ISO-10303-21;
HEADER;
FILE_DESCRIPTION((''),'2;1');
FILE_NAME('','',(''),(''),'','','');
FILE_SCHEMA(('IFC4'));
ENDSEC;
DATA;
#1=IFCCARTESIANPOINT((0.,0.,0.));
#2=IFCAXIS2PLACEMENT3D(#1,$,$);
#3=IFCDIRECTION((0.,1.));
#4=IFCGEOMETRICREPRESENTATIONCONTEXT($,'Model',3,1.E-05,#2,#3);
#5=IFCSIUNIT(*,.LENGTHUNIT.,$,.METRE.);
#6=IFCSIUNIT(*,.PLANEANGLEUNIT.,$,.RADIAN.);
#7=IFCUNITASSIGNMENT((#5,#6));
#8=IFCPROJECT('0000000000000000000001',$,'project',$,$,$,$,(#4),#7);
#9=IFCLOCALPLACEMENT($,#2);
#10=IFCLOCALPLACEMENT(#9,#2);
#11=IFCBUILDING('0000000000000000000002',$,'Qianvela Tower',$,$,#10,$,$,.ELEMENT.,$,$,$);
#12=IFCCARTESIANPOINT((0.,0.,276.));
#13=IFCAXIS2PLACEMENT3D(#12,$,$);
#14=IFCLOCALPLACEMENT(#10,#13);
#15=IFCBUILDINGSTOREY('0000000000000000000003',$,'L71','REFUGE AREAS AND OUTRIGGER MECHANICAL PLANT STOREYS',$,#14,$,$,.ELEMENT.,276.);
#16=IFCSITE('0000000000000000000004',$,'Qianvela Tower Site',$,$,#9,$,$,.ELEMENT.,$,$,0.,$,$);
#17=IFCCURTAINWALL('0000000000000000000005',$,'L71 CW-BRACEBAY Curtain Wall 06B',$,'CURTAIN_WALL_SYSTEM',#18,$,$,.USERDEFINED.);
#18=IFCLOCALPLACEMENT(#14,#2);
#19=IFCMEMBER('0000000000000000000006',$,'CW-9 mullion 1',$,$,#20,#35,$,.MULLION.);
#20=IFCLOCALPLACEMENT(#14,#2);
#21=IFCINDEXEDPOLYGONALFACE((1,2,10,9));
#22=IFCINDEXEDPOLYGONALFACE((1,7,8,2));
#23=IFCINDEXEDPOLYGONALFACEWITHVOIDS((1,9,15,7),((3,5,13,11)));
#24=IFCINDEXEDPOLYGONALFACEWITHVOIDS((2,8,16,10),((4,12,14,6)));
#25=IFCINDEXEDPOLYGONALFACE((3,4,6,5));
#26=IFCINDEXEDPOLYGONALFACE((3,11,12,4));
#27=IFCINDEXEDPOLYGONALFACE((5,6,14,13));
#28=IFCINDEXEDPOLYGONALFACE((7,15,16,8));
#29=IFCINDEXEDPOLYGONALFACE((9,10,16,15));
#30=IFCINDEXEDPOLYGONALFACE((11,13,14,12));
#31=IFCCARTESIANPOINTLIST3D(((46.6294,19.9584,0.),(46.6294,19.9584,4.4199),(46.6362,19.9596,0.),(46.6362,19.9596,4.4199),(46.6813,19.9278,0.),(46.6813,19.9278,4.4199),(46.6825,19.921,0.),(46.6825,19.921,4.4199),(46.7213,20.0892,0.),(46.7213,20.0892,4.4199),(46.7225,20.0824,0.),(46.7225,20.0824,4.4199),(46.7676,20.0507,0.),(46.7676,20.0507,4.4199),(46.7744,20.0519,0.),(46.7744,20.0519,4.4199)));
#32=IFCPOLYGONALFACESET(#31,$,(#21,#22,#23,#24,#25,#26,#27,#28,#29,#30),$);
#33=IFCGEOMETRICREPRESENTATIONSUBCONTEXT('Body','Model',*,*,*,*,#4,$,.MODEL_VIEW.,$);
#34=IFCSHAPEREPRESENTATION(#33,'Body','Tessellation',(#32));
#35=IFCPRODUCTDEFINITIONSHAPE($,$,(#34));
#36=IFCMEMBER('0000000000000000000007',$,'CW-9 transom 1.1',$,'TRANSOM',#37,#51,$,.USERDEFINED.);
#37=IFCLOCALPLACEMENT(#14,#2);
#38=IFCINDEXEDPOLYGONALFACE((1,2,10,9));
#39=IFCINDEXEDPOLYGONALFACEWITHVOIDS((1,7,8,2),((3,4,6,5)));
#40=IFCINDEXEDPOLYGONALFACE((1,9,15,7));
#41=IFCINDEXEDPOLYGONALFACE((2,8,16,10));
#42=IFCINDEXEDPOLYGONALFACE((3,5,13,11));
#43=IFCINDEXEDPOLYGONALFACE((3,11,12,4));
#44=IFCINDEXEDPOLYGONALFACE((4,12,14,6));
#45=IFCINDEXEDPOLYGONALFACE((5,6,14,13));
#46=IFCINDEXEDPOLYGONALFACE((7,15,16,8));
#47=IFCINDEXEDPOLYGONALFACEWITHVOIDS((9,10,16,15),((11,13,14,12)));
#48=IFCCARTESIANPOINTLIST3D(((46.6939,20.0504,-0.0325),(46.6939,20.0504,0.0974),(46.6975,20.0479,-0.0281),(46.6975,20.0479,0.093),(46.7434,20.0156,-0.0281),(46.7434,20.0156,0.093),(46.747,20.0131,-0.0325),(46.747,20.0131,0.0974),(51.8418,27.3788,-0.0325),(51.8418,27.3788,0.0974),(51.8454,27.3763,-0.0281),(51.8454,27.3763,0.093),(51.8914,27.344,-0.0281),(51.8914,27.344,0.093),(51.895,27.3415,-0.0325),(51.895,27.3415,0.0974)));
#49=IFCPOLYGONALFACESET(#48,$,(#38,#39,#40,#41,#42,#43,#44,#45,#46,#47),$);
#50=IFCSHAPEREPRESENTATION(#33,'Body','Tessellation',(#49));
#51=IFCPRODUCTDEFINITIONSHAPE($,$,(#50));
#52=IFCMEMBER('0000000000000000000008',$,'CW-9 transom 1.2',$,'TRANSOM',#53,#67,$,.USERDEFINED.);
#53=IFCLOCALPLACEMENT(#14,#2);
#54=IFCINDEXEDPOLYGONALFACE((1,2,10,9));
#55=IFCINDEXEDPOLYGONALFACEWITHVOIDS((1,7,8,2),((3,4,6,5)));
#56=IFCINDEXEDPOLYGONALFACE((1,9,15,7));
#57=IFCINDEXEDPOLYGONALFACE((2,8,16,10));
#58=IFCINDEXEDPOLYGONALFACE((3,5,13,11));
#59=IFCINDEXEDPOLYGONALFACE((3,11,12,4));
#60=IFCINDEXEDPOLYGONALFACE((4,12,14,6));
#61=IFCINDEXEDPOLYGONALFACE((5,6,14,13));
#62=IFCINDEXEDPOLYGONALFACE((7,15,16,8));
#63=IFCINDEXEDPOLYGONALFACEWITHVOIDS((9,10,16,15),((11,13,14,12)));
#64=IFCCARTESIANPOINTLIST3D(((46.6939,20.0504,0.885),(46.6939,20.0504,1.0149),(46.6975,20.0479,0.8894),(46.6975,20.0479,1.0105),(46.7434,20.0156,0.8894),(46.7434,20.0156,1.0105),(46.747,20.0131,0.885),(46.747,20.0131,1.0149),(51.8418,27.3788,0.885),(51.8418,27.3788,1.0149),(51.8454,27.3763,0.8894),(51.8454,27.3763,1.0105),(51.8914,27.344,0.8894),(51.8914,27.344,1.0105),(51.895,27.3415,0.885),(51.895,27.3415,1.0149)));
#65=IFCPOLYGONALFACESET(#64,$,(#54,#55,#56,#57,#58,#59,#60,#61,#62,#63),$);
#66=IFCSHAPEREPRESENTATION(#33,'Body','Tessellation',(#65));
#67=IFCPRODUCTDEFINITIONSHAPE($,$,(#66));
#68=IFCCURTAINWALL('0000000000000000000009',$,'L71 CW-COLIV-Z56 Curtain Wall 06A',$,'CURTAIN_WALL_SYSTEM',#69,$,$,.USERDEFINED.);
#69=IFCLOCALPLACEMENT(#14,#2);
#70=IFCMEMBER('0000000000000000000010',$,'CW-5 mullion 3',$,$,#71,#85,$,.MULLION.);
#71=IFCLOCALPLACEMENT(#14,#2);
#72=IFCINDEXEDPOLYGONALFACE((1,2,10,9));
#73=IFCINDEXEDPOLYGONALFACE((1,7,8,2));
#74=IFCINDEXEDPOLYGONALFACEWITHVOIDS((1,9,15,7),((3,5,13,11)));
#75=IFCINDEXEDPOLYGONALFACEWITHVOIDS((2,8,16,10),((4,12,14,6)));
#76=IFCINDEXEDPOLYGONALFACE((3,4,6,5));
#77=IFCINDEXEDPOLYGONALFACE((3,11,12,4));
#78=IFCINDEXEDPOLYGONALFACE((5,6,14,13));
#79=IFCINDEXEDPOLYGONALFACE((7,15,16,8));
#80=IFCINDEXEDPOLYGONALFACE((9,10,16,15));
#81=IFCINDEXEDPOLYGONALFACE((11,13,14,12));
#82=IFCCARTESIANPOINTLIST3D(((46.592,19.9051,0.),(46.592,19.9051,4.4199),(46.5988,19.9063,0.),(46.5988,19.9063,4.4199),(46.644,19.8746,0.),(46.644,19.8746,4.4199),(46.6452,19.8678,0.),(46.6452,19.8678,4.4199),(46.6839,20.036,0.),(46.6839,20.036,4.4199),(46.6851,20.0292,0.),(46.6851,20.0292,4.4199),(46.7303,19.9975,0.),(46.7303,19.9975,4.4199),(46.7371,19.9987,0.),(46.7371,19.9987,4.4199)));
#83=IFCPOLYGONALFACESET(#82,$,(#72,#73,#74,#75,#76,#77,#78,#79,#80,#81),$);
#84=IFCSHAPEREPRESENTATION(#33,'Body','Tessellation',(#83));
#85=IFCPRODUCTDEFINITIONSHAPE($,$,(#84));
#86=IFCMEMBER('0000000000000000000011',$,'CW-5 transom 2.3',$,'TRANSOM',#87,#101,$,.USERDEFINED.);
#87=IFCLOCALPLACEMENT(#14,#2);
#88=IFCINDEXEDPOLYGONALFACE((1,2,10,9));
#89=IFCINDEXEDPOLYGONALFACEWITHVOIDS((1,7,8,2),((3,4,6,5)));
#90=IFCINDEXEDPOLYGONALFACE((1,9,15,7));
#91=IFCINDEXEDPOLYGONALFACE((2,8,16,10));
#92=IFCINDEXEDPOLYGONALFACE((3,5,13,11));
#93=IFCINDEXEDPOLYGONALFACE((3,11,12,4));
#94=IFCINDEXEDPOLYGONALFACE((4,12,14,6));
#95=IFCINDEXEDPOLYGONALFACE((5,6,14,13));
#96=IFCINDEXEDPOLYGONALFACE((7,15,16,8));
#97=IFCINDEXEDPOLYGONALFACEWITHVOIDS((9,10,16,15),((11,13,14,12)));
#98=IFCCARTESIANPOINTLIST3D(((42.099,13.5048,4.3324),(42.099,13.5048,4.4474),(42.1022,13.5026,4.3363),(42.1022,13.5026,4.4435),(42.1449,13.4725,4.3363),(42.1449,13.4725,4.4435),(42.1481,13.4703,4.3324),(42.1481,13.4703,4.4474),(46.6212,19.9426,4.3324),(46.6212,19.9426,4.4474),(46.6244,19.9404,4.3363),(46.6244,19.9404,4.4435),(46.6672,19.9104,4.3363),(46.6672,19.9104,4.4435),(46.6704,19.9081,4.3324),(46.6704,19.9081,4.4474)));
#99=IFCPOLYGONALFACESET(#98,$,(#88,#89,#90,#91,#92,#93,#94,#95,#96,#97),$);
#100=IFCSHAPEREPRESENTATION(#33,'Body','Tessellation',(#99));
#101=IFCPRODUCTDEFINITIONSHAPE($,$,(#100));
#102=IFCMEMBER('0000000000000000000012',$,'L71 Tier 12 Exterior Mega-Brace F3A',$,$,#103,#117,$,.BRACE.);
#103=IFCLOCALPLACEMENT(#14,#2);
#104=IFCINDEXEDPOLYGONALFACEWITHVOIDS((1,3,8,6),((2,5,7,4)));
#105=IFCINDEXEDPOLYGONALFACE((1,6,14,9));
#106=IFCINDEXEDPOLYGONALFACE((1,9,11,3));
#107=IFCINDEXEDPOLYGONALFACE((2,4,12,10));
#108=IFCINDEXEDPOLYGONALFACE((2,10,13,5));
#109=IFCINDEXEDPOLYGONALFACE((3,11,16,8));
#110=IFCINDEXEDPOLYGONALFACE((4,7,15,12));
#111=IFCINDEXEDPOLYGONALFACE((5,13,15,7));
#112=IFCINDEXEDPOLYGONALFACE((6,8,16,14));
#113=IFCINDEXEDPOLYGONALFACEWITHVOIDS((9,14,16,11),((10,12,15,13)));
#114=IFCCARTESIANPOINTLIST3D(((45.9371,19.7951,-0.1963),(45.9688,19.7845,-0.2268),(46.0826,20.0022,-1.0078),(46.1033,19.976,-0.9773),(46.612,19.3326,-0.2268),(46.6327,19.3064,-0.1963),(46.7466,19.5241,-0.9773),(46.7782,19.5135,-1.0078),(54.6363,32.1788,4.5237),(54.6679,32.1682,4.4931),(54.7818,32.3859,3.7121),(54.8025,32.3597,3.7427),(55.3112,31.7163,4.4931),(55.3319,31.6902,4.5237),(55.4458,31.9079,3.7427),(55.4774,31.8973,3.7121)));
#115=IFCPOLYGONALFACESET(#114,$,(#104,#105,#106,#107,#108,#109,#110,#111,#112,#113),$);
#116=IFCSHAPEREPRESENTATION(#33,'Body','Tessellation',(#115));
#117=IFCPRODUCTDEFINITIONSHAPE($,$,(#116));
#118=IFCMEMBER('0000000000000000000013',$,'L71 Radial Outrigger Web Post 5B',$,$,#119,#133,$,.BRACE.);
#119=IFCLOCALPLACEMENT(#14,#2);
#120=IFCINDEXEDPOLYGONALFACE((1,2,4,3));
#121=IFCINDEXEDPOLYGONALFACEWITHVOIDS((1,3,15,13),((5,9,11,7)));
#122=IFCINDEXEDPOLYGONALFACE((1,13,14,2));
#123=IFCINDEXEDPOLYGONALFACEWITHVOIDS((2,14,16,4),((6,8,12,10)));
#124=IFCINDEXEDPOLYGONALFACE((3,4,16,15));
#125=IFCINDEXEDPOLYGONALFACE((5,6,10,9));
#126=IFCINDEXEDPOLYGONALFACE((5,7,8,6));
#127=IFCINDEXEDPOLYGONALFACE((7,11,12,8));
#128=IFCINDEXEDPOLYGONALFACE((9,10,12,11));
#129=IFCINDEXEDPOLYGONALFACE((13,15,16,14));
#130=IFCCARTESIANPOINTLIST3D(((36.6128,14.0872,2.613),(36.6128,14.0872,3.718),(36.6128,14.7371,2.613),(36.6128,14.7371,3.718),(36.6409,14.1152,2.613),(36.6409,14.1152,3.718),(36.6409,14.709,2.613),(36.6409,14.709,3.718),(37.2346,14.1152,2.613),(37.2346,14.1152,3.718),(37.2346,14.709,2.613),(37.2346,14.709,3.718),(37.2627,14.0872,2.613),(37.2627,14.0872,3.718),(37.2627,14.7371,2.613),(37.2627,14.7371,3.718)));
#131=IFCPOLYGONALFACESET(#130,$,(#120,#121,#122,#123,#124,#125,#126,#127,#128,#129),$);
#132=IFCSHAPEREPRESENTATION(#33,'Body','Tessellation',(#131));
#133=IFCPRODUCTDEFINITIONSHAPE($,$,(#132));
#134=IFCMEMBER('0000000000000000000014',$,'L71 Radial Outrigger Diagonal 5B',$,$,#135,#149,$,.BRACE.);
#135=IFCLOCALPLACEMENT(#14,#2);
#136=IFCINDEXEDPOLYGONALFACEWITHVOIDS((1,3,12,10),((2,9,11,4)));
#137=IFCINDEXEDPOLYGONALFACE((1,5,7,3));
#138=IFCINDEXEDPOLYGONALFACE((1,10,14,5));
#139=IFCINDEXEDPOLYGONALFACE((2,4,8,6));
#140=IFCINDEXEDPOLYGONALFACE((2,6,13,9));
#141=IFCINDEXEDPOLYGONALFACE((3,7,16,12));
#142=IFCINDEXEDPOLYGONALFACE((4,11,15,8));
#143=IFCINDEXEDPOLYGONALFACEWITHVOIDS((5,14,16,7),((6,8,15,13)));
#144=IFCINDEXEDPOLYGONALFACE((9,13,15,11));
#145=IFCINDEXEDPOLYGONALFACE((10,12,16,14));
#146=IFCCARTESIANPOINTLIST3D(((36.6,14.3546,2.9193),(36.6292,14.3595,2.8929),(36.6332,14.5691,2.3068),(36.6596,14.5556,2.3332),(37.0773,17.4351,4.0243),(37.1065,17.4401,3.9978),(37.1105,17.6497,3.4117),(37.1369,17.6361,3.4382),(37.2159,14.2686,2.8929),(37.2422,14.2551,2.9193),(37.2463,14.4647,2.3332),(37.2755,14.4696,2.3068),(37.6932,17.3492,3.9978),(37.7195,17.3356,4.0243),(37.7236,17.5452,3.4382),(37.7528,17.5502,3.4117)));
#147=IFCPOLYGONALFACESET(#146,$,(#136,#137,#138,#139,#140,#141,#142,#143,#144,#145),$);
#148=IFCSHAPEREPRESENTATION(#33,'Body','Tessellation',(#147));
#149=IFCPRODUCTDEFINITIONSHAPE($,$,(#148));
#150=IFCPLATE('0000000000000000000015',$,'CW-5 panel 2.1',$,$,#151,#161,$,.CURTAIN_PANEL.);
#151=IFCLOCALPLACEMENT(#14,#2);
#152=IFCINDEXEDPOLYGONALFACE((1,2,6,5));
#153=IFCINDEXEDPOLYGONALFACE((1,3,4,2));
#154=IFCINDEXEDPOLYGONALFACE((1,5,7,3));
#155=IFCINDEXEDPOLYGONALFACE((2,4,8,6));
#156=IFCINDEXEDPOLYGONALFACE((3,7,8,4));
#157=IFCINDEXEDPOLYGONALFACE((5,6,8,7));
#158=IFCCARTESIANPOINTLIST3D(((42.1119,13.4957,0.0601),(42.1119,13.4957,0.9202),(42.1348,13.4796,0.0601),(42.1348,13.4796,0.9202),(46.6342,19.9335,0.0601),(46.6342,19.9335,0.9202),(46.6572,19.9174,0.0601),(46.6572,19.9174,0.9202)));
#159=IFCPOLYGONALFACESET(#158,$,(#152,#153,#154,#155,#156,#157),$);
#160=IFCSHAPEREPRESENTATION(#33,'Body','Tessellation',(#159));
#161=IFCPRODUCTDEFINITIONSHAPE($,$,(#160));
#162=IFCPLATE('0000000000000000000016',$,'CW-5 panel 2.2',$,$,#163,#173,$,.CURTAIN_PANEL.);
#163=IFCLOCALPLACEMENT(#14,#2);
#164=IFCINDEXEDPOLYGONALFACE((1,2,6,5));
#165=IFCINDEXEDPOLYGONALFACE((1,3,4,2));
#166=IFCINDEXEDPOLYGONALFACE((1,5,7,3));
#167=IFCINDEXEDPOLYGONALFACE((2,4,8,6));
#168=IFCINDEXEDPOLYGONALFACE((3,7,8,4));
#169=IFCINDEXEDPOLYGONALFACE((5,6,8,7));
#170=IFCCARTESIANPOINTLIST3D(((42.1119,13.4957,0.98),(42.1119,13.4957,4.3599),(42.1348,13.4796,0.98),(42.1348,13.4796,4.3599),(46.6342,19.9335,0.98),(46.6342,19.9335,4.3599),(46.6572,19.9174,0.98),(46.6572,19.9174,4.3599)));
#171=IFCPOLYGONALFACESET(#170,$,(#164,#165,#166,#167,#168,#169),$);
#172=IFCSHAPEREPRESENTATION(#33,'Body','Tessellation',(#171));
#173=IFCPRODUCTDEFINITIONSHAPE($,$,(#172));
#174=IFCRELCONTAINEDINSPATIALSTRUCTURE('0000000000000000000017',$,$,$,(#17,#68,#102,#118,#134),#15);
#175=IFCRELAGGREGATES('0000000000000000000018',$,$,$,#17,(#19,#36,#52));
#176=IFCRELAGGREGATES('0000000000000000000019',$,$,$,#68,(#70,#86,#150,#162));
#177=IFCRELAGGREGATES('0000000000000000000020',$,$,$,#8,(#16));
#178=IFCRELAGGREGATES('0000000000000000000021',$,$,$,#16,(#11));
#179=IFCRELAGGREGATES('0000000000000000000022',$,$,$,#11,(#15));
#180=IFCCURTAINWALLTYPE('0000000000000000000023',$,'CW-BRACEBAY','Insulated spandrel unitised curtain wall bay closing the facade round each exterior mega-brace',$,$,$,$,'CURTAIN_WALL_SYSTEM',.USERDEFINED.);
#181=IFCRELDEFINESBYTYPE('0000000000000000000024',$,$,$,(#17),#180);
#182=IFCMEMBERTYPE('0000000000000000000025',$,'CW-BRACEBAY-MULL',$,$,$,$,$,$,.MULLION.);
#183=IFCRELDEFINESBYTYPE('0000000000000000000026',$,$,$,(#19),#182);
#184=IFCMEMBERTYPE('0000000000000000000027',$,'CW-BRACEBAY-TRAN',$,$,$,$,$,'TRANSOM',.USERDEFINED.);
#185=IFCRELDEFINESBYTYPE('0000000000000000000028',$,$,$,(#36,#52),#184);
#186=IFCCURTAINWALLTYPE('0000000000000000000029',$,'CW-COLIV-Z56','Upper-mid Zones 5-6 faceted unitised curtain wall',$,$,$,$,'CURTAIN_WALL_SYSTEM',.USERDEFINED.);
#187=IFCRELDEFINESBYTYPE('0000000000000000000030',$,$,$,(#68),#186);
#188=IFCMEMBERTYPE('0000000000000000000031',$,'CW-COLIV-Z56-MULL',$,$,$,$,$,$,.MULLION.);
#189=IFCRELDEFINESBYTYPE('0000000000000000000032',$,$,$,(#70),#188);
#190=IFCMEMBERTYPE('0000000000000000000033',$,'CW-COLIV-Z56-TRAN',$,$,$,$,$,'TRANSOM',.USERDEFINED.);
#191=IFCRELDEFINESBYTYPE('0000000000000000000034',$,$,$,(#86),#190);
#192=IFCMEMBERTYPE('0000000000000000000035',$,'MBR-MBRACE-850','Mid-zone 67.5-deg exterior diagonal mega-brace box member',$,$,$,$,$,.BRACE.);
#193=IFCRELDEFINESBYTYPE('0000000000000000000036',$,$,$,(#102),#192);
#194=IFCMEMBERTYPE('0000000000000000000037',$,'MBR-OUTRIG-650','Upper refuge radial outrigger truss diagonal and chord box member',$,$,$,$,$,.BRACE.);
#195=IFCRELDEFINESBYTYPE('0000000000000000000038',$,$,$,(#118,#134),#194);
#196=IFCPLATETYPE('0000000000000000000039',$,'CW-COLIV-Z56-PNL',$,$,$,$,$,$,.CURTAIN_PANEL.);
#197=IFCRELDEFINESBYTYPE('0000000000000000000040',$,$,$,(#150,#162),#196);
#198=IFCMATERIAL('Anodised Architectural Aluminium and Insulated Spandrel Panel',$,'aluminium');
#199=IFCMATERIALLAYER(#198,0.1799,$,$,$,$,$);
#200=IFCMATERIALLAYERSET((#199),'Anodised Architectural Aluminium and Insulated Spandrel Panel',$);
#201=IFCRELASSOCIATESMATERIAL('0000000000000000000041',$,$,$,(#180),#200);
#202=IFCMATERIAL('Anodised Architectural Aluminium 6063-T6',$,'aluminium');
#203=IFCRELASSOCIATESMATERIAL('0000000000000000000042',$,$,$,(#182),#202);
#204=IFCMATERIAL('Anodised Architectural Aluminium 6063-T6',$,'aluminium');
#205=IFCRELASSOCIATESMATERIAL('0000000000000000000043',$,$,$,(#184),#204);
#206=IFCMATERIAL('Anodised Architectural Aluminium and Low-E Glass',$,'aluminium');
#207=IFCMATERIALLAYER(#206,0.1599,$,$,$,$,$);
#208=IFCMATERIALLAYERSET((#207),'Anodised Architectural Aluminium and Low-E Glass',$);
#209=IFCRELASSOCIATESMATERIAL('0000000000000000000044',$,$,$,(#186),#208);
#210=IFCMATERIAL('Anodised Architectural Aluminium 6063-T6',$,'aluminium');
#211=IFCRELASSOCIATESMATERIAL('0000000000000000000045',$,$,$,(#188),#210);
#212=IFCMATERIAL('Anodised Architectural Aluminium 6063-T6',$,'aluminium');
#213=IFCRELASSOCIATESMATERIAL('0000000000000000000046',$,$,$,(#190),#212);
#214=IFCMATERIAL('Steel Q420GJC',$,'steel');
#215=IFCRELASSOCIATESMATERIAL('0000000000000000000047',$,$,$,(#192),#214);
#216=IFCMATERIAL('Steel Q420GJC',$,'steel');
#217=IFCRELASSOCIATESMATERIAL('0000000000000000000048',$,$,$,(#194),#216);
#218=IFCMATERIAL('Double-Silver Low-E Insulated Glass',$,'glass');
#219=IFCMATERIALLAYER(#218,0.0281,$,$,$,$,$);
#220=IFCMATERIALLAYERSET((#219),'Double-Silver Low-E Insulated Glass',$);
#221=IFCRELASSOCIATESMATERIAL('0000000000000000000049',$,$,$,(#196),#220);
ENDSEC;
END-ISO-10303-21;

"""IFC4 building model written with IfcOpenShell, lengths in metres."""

from ifc_helpers import new_model, si_unit, direction, frame, origin, origin_2d, place, context, subcontext, project, spatial, rectangle, hollow_rectangle, extrude, material, layer, layer_set, material_profile, profile_set, type_object, element, aggregate, save


model = new_model("IFC4")

# Units and contexts
model_context = context("Model", 3, precision=1e-05, world=origin(), true_north=direction((0.0, 1.0)))
body_context = subcontext(model_context, "Body", "Model", "MODEL_VIEW")
ifc_project = project(units=[si_unit("LENGTHUNIT", "METRE"), si_unit("PLANEANGLEUNIT", "RADIAN")], contexts=[model_context])

# Site, building, storey
site_placement = place(None, origin())
site = spatial("IfcSite", under=ifc_project, at=site_placement, Name="Qianvela Tower Site", CompositionType="ELEMENT", RefElevation=0.0)
building_placement = place(site_placement, origin())
building = spatial("IfcBuilding", under=site, at=building_placement, Name="Qianvela Tower", CompositionType="ELEMENT")
storey_placement = place(building_placement, frame((0.0, 0.0, 276.0)))
storey = spatial("IfcBuildingStorey", under=building, at=storey_placement, Name="L71", Description="REFUGE AREAS AND OUTRIGGER MECHANICAL PLANT STOREYS", CompositionType="ELEMENT", Elevation=276.0)

# Curtain walls, members
ifc_material_1 = material(Name="Anodised Architectural Aluminium and Insulated Spandrel Panel", Category="aluminium")
ifc_layer_1 = layer(ifc_material_1, 0.1799)
ifc_layer_set_1 = layer_set([ifc_layer_1], Name="Anodised Architectural Aluminium and Insulated Spandrel Panel")
curtain_wall_type_1 = type_object("IfcCurtainWallType", Name="CW-BRACEBAY", Description="Insulated spandrel unitised curtain wall bay closing the facade round each exterior mega-brace", ElementType="CURTAIN_WALL_SYSTEM", PredefinedType="USERDEFINED", material=ifc_layer_set_1)
curtain_wall_1_placement = place(storey_placement, origin())
curtain_wall_1 = element("IfcCurtainWall", 1, at=curtain_wall_1_placement, inside=storey, type_object=curtain_wall_type_1, Name="L71 CW-BRACEBAY Curtain Wall 06B", ObjectType="CURTAIN_WALL_SYSTEM", PredefinedType="USERDEFINED")
ifc_material_2 = material(Name="Anodised Architectural Aluminium 6063-T6", Category="aluminium")
ifc_material_profile_1 = material_profile(ifc_material_2, hollow_rectangle(XDim=0.0649, YDim=0.1599, WallThickness=0.0049, at=origin_2d()), Name="ALU-MULL-65x160")
ifc_profile_set_1 = profile_set([ifc_material_profile_1], Name="Anodised Architectural Aluminium 6063-T6")
member_type_1 = type_object("IfcMemberType", Name="CW-BRACEBAY-MULL", PredefinedType="MULLION", material=ifc_profile_set_1)
member_1_placement = place(storey_placement, frame((46.7019, 20.0051, 0.0), z_axis=(0.0, 0.0, 1.0), x_axis=(-0.818278, 0.574823, 0.0)))
member_1 = element("IfcMember", 2, at=member_1_placement, type_object=member_type_1, Name="CW-9 mullion 1", PredefinedType="MULLION", context=body_context, shape_type="SweptSolid", body=[
    extrude(hollow_rectangle(XDim=0.0649, YDim=0.1599, WallThickness=0.0049, at=origin_2d()), origin(), (0.0, 0.0, 1.0), 4.4199),
])
ifc_material_3 = material(Name="Anodised Architectural Aluminium 6063-T6", Category="aluminium")
ifc_material_profile_2 = material_profile(ifc_material_3, hollow_rectangle(XDim=0.0649, YDim=0.1299, WallThickness=0.0044, at=origin_2d()), Name="ALU-TRAN-65x130")
ifc_profile_set_2 = profile_set([ifc_material_profile_2], Name="Anodised Architectural Aluminium 6063-T6")
member_type_2 = type_object("IfcMemberType", Name="CW-BRACEBAY-TRAN", ElementType="TRANSOM", PredefinedType="USERDEFINED", material=ifc_profile_set_2)
member_2_placement = place(storey_placement, frame((46.7205, 20.0317, 0.0325), z_axis=(0.574817, 0.818282, 0.0), x_axis=(-0.818282, 0.574817, 0.0)))
member_2 = element("IfcMember", 3, at=member_2_placement, type_object=member_type_2, Name="CW-9 transom 1.1", ObjectType="TRANSOM", PredefinedType="USERDEFINED", context=body_context, shape_type="SweptSolid", body=[
    extrude(hollow_rectangle(XDim=0.0649, YDim=0.1299, WallThickness=0.0044, at=origin_2d()), origin(), (0.0, 0.0, 1.0), 8.9558),
])
member_3_placement = place(storey_placement, frame((46.7205, 20.0317, 0.95), z_axis=(0.574817, 0.818282, 0.0), x_axis=(-0.818282, 0.574817, 0.0)))
member_3 = element("IfcMember", 4, at=member_3_placement, type_object=member_type_2, Name="CW-9 transom 1.2", ObjectType="TRANSOM", PredefinedType="USERDEFINED", context=body_context, shape_type="SweptSolid", body=[
    extrude(hollow_rectangle(XDim=0.0649, YDim=0.1299, WallThickness=0.0044, at=origin_2d()), origin(), (0.0, 0.0, 1.0), 8.9558),
])
aggregate(curtain_wall_1, [member_1, member_2, member_3])
ifc_material_4 = material(Name="Anodised Architectural Aluminium and Low-E Glass", Category="aluminium")
ifc_layer_2 = layer(ifc_material_4, 0.1599)
ifc_layer_set_2 = layer_set([ifc_layer_2], Name="Anodised Architectural Aluminium and Low-E Glass")
curtain_wall_type_2 = type_object("IfcCurtainWallType", Name="CW-COLIV-Z56", Description="Upper-mid Zones 5-6 faceted unitised curtain wall", ElementType="CURTAIN_WALL_SYSTEM", PredefinedType="USERDEFINED", material=ifc_layer_set_2)
curtain_wall_2_placement = place(storey_placement, origin())
curtain_wall_2 = element("IfcCurtainWall", 5, at=curtain_wall_2_placement, inside=storey, type_object=curtain_wall_type_2, Name="L71 CW-COLIV-Z56 Curtain Wall 06A", ObjectType="CURTAIN_WALL_SYSTEM", PredefinedType="USERDEFINED")
ifc_material_5 = material(Name="Anodised Architectural Aluminium 6063-T6", Category="aluminium")
ifc_material_profile_3 = material_profile(ifc_material_5, hollow_rectangle(XDim=0.0649, YDim=0.1599, WallThickness=0.0049, at=origin_2d()), Name="ALU-MULL-65x160")
ifc_profile_set_3 = profile_set([ifc_material_profile_3], Name="Anodised Architectural Aluminium 6063-T6")
member_type_3 = type_object("IfcMemberType", Name="CW-COLIV-Z56-MULL", PredefinedType="MULLION", material=ifc_profile_set_3)
member_4_placement = place(storey_placement, frame((46.6646, 19.9519, 0.0), z_axis=(0.0, 0.0, 1.0), x_axis=(-0.818279, 0.574821, 0.0)))
member_4 = element("IfcMember", 6, at=member_4_placement, type_object=member_type_3, Name="CW-5 mullion 3", PredefinedType="MULLION", context=body_context, shape_type="SweptSolid", body=[
    extrude(hollow_rectangle(XDim=0.0649, YDim=0.1599, WallThickness=0.0049, at=origin_2d()), origin(), (0.0, 0.0, 1.0), 4.4199),
])
ifc_material_6 = material(Name="Anodised Architectural Aluminium 6063-T6", Category="aluminium")
ifc_material_profile_4 = material_profile(ifc_material_6, hollow_rectangle(XDim=0.0601, YDim=0.115, WallThickness=0.0039, at=origin_2d()), Name="ALU-TRAN-60x115")
ifc_profile_set_4 = profile_set([ifc_material_profile_4], Name="Anodised Architectural Aluminium 6063-T6")
member_type_4 = type_object("IfcMemberType", Name="CW-COLIV-Z56-TRAN", ElementType="TRANSOM", PredefinedType="USERDEFINED", material=ifc_profile_set_4)
member_5_placement = place(storey_placement, frame((42.1235, 13.4875, 4.3899), z_axis=(0.574809, 0.818288, 0.0), x_axis=(-0.818288, 0.574809, 0.0)))
member_5 = element("IfcMember", 7, at=member_5_placement, type_object=member_type_4, Name="CW-5 transom 2.3", ObjectType="TRANSOM", PredefinedType="USERDEFINED", context=body_context, shape_type="SweptSolid", body=[
    extrude(hollow_rectangle(XDim=0.0601, YDim=0.115, WallThickness=0.0039, at=origin_2d()), origin(), (0.0, 0.0, 1.0), 7.8674),
])

# Members
ifc_material_7 = material(Name="Steel Q420GJC", Category="steel")
ifc_material_profile_5 = material_profile(ifc_material_7, hollow_rectangle(XDim=0.8501, YDim=0.8501, WallThickness=0.032, at=origin_2d()), Name="MBOX-850x850x32")
ifc_profile_set_5 = profile_set([ifc_material_profile_5], Name="Steel Q420GJC")
member_type_5 = type_object("IfcMemberType", Name="MBR-MBRACE-850", Description="Mid-zone 67.5-deg exterior diagonal mega-brace box member", PredefinedType="BRACE", material=ifc_profile_set_5)
member_6_placement = place(storey_placement, frame((46.3577, 19.6543, -0.6021), z_axis=(0.548748, 0.781171, 0.297736), x_axis=(-0.818282, 0.574817, 0.0)))
element("IfcMember", 8, at=member_6_placement, inside=storey, type_object=member_type_5, Name="L71 Tier 12 Exterior Mega-Brace F3A", PredefinedType="BRACE", context=body_context, shape_type="SweptSolid", body=[
    extrude(hollow_rectangle(XDim=0.8501, YDim=0.8501, WallThickness=0.032, at=origin_2d()), origin(), (0.0, 0.0, 1.0), 15.8528),
])
ifc_material_8 = material(Name="Steel Q420GJC", Category="steel")
ifc_material_profile_6 = material_profile(ifc_material_8, hollow_rectangle(XDim=0.6499, YDim=0.6499, WallThickness=0.0281, at=origin_2d()), Name="OBOX-650x650x28")
ifc_profile_set_6 = profile_set([ifc_material_profile_6], Name="Steel Q420GJC")
member_type_6 = type_object("IfcMemberType", Name="MBR-OUTRIG-650", Description="Upper refuge radial outrigger truss diagonal and chord box member", PredefinedType="BRACE", material=ifc_profile_set_6)
member_7_placement = place(storey_placement, frame((36.9377, 14.4121, 2.613), z_axis=(0.0, 0.0, 1.0), x_axis=(1.0, 0.0, 0.0)))
element("IfcMember", 9, at=member_7_placement, inside=storey, type_object=member_type_6, Name="L71 Radial Outrigger Web Post 5B", PredefinedType="BRACE", context=body_context, shape_type="SweptSolid", body=[
    extrude(hollow_rectangle(XDim=0.6499, YDim=0.6499, WallThickness=0.0281, at=origin_2d()), origin(), (0.0, 0.0, 1.0), 1.105),
])
member_8_placement = place(storey_placement, frame((37.415, 17.4927, 3.718), z_axis=(-0.144313, -0.931425, -0.334097), x_axis=(0.988209, -0.153111, 0.0)))
element("IfcMember", 10, at=member_8_placement, inside=storey, type_object=member_type_6, Name="L71 Radial Outrigger Diagonal 5B", PredefinedType="BRACE", context=body_context, shape_type="SweptSolid", body=[
    extrude(hollow_rectangle(XDim=0.6499, YDim=0.6499, WallThickness=0.0281, at=origin_2d()), origin(), (0.0, 0.0, 1.0), 3.3074),
])

# Plates
ifc_material_9 = material(Name="Double-Silver Low-E Insulated Glass", Category="glass")
ifc_layer_3 = layer(ifc_material_9, 0.0281)
ifc_layer_set_3 = layer_set([ifc_layer_3], Name="Double-Silver Low-E Insulated Glass")
plate_type_1 = type_object("IfcPlateType", Name="CW-COLIV-Z56-PNL", PredefinedType="CURTAIN_PANEL", material=ifc_layer_set_3)
plate_1_placement = place(storey_placement, frame((44.3845, 16.7065, 0.0601), z_axis=(0.0, 0.0, 1.0), x_axis=(0.574821, 0.818279, 0.0)))
plate_1 = element("IfcPlate", 11, at=plate_1_placement, type_object=plate_type_1, Name="CW-5 panel 2.1", PredefinedType="CURTAIN_PANEL", context=body_context, shape_type="SweptSolid", body=[
    extrude(rectangle(XDim=7.8674, YDim=0.0281, at=origin_2d()), origin(), (0.0, 0.0, 1.0), 0.8601),
])
plate_2_placement = place(storey_placement, frame((44.3845, 16.7065, 0.98), z_axis=(0.0, 0.0, 1.0), x_axis=(0.574821, 0.818279, 0.0)))
plate_2 = element("IfcPlate", 12, at=plate_2_placement, type_object=plate_type_1, Name="CW-5 panel 2.2", PredefinedType="CURTAIN_PANEL", context=body_context, shape_type="SweptSolid", body=[
    extrude(rectangle(XDim=7.8674, YDim=0.0281, at=origin_2d()), origin(), (0.0, 0.0, 1.0), 3.3799),
])
aggregate(curtain_wall_2, [member_4, member_5, plate_1, plate_2])

save(model, "model.ifc")
